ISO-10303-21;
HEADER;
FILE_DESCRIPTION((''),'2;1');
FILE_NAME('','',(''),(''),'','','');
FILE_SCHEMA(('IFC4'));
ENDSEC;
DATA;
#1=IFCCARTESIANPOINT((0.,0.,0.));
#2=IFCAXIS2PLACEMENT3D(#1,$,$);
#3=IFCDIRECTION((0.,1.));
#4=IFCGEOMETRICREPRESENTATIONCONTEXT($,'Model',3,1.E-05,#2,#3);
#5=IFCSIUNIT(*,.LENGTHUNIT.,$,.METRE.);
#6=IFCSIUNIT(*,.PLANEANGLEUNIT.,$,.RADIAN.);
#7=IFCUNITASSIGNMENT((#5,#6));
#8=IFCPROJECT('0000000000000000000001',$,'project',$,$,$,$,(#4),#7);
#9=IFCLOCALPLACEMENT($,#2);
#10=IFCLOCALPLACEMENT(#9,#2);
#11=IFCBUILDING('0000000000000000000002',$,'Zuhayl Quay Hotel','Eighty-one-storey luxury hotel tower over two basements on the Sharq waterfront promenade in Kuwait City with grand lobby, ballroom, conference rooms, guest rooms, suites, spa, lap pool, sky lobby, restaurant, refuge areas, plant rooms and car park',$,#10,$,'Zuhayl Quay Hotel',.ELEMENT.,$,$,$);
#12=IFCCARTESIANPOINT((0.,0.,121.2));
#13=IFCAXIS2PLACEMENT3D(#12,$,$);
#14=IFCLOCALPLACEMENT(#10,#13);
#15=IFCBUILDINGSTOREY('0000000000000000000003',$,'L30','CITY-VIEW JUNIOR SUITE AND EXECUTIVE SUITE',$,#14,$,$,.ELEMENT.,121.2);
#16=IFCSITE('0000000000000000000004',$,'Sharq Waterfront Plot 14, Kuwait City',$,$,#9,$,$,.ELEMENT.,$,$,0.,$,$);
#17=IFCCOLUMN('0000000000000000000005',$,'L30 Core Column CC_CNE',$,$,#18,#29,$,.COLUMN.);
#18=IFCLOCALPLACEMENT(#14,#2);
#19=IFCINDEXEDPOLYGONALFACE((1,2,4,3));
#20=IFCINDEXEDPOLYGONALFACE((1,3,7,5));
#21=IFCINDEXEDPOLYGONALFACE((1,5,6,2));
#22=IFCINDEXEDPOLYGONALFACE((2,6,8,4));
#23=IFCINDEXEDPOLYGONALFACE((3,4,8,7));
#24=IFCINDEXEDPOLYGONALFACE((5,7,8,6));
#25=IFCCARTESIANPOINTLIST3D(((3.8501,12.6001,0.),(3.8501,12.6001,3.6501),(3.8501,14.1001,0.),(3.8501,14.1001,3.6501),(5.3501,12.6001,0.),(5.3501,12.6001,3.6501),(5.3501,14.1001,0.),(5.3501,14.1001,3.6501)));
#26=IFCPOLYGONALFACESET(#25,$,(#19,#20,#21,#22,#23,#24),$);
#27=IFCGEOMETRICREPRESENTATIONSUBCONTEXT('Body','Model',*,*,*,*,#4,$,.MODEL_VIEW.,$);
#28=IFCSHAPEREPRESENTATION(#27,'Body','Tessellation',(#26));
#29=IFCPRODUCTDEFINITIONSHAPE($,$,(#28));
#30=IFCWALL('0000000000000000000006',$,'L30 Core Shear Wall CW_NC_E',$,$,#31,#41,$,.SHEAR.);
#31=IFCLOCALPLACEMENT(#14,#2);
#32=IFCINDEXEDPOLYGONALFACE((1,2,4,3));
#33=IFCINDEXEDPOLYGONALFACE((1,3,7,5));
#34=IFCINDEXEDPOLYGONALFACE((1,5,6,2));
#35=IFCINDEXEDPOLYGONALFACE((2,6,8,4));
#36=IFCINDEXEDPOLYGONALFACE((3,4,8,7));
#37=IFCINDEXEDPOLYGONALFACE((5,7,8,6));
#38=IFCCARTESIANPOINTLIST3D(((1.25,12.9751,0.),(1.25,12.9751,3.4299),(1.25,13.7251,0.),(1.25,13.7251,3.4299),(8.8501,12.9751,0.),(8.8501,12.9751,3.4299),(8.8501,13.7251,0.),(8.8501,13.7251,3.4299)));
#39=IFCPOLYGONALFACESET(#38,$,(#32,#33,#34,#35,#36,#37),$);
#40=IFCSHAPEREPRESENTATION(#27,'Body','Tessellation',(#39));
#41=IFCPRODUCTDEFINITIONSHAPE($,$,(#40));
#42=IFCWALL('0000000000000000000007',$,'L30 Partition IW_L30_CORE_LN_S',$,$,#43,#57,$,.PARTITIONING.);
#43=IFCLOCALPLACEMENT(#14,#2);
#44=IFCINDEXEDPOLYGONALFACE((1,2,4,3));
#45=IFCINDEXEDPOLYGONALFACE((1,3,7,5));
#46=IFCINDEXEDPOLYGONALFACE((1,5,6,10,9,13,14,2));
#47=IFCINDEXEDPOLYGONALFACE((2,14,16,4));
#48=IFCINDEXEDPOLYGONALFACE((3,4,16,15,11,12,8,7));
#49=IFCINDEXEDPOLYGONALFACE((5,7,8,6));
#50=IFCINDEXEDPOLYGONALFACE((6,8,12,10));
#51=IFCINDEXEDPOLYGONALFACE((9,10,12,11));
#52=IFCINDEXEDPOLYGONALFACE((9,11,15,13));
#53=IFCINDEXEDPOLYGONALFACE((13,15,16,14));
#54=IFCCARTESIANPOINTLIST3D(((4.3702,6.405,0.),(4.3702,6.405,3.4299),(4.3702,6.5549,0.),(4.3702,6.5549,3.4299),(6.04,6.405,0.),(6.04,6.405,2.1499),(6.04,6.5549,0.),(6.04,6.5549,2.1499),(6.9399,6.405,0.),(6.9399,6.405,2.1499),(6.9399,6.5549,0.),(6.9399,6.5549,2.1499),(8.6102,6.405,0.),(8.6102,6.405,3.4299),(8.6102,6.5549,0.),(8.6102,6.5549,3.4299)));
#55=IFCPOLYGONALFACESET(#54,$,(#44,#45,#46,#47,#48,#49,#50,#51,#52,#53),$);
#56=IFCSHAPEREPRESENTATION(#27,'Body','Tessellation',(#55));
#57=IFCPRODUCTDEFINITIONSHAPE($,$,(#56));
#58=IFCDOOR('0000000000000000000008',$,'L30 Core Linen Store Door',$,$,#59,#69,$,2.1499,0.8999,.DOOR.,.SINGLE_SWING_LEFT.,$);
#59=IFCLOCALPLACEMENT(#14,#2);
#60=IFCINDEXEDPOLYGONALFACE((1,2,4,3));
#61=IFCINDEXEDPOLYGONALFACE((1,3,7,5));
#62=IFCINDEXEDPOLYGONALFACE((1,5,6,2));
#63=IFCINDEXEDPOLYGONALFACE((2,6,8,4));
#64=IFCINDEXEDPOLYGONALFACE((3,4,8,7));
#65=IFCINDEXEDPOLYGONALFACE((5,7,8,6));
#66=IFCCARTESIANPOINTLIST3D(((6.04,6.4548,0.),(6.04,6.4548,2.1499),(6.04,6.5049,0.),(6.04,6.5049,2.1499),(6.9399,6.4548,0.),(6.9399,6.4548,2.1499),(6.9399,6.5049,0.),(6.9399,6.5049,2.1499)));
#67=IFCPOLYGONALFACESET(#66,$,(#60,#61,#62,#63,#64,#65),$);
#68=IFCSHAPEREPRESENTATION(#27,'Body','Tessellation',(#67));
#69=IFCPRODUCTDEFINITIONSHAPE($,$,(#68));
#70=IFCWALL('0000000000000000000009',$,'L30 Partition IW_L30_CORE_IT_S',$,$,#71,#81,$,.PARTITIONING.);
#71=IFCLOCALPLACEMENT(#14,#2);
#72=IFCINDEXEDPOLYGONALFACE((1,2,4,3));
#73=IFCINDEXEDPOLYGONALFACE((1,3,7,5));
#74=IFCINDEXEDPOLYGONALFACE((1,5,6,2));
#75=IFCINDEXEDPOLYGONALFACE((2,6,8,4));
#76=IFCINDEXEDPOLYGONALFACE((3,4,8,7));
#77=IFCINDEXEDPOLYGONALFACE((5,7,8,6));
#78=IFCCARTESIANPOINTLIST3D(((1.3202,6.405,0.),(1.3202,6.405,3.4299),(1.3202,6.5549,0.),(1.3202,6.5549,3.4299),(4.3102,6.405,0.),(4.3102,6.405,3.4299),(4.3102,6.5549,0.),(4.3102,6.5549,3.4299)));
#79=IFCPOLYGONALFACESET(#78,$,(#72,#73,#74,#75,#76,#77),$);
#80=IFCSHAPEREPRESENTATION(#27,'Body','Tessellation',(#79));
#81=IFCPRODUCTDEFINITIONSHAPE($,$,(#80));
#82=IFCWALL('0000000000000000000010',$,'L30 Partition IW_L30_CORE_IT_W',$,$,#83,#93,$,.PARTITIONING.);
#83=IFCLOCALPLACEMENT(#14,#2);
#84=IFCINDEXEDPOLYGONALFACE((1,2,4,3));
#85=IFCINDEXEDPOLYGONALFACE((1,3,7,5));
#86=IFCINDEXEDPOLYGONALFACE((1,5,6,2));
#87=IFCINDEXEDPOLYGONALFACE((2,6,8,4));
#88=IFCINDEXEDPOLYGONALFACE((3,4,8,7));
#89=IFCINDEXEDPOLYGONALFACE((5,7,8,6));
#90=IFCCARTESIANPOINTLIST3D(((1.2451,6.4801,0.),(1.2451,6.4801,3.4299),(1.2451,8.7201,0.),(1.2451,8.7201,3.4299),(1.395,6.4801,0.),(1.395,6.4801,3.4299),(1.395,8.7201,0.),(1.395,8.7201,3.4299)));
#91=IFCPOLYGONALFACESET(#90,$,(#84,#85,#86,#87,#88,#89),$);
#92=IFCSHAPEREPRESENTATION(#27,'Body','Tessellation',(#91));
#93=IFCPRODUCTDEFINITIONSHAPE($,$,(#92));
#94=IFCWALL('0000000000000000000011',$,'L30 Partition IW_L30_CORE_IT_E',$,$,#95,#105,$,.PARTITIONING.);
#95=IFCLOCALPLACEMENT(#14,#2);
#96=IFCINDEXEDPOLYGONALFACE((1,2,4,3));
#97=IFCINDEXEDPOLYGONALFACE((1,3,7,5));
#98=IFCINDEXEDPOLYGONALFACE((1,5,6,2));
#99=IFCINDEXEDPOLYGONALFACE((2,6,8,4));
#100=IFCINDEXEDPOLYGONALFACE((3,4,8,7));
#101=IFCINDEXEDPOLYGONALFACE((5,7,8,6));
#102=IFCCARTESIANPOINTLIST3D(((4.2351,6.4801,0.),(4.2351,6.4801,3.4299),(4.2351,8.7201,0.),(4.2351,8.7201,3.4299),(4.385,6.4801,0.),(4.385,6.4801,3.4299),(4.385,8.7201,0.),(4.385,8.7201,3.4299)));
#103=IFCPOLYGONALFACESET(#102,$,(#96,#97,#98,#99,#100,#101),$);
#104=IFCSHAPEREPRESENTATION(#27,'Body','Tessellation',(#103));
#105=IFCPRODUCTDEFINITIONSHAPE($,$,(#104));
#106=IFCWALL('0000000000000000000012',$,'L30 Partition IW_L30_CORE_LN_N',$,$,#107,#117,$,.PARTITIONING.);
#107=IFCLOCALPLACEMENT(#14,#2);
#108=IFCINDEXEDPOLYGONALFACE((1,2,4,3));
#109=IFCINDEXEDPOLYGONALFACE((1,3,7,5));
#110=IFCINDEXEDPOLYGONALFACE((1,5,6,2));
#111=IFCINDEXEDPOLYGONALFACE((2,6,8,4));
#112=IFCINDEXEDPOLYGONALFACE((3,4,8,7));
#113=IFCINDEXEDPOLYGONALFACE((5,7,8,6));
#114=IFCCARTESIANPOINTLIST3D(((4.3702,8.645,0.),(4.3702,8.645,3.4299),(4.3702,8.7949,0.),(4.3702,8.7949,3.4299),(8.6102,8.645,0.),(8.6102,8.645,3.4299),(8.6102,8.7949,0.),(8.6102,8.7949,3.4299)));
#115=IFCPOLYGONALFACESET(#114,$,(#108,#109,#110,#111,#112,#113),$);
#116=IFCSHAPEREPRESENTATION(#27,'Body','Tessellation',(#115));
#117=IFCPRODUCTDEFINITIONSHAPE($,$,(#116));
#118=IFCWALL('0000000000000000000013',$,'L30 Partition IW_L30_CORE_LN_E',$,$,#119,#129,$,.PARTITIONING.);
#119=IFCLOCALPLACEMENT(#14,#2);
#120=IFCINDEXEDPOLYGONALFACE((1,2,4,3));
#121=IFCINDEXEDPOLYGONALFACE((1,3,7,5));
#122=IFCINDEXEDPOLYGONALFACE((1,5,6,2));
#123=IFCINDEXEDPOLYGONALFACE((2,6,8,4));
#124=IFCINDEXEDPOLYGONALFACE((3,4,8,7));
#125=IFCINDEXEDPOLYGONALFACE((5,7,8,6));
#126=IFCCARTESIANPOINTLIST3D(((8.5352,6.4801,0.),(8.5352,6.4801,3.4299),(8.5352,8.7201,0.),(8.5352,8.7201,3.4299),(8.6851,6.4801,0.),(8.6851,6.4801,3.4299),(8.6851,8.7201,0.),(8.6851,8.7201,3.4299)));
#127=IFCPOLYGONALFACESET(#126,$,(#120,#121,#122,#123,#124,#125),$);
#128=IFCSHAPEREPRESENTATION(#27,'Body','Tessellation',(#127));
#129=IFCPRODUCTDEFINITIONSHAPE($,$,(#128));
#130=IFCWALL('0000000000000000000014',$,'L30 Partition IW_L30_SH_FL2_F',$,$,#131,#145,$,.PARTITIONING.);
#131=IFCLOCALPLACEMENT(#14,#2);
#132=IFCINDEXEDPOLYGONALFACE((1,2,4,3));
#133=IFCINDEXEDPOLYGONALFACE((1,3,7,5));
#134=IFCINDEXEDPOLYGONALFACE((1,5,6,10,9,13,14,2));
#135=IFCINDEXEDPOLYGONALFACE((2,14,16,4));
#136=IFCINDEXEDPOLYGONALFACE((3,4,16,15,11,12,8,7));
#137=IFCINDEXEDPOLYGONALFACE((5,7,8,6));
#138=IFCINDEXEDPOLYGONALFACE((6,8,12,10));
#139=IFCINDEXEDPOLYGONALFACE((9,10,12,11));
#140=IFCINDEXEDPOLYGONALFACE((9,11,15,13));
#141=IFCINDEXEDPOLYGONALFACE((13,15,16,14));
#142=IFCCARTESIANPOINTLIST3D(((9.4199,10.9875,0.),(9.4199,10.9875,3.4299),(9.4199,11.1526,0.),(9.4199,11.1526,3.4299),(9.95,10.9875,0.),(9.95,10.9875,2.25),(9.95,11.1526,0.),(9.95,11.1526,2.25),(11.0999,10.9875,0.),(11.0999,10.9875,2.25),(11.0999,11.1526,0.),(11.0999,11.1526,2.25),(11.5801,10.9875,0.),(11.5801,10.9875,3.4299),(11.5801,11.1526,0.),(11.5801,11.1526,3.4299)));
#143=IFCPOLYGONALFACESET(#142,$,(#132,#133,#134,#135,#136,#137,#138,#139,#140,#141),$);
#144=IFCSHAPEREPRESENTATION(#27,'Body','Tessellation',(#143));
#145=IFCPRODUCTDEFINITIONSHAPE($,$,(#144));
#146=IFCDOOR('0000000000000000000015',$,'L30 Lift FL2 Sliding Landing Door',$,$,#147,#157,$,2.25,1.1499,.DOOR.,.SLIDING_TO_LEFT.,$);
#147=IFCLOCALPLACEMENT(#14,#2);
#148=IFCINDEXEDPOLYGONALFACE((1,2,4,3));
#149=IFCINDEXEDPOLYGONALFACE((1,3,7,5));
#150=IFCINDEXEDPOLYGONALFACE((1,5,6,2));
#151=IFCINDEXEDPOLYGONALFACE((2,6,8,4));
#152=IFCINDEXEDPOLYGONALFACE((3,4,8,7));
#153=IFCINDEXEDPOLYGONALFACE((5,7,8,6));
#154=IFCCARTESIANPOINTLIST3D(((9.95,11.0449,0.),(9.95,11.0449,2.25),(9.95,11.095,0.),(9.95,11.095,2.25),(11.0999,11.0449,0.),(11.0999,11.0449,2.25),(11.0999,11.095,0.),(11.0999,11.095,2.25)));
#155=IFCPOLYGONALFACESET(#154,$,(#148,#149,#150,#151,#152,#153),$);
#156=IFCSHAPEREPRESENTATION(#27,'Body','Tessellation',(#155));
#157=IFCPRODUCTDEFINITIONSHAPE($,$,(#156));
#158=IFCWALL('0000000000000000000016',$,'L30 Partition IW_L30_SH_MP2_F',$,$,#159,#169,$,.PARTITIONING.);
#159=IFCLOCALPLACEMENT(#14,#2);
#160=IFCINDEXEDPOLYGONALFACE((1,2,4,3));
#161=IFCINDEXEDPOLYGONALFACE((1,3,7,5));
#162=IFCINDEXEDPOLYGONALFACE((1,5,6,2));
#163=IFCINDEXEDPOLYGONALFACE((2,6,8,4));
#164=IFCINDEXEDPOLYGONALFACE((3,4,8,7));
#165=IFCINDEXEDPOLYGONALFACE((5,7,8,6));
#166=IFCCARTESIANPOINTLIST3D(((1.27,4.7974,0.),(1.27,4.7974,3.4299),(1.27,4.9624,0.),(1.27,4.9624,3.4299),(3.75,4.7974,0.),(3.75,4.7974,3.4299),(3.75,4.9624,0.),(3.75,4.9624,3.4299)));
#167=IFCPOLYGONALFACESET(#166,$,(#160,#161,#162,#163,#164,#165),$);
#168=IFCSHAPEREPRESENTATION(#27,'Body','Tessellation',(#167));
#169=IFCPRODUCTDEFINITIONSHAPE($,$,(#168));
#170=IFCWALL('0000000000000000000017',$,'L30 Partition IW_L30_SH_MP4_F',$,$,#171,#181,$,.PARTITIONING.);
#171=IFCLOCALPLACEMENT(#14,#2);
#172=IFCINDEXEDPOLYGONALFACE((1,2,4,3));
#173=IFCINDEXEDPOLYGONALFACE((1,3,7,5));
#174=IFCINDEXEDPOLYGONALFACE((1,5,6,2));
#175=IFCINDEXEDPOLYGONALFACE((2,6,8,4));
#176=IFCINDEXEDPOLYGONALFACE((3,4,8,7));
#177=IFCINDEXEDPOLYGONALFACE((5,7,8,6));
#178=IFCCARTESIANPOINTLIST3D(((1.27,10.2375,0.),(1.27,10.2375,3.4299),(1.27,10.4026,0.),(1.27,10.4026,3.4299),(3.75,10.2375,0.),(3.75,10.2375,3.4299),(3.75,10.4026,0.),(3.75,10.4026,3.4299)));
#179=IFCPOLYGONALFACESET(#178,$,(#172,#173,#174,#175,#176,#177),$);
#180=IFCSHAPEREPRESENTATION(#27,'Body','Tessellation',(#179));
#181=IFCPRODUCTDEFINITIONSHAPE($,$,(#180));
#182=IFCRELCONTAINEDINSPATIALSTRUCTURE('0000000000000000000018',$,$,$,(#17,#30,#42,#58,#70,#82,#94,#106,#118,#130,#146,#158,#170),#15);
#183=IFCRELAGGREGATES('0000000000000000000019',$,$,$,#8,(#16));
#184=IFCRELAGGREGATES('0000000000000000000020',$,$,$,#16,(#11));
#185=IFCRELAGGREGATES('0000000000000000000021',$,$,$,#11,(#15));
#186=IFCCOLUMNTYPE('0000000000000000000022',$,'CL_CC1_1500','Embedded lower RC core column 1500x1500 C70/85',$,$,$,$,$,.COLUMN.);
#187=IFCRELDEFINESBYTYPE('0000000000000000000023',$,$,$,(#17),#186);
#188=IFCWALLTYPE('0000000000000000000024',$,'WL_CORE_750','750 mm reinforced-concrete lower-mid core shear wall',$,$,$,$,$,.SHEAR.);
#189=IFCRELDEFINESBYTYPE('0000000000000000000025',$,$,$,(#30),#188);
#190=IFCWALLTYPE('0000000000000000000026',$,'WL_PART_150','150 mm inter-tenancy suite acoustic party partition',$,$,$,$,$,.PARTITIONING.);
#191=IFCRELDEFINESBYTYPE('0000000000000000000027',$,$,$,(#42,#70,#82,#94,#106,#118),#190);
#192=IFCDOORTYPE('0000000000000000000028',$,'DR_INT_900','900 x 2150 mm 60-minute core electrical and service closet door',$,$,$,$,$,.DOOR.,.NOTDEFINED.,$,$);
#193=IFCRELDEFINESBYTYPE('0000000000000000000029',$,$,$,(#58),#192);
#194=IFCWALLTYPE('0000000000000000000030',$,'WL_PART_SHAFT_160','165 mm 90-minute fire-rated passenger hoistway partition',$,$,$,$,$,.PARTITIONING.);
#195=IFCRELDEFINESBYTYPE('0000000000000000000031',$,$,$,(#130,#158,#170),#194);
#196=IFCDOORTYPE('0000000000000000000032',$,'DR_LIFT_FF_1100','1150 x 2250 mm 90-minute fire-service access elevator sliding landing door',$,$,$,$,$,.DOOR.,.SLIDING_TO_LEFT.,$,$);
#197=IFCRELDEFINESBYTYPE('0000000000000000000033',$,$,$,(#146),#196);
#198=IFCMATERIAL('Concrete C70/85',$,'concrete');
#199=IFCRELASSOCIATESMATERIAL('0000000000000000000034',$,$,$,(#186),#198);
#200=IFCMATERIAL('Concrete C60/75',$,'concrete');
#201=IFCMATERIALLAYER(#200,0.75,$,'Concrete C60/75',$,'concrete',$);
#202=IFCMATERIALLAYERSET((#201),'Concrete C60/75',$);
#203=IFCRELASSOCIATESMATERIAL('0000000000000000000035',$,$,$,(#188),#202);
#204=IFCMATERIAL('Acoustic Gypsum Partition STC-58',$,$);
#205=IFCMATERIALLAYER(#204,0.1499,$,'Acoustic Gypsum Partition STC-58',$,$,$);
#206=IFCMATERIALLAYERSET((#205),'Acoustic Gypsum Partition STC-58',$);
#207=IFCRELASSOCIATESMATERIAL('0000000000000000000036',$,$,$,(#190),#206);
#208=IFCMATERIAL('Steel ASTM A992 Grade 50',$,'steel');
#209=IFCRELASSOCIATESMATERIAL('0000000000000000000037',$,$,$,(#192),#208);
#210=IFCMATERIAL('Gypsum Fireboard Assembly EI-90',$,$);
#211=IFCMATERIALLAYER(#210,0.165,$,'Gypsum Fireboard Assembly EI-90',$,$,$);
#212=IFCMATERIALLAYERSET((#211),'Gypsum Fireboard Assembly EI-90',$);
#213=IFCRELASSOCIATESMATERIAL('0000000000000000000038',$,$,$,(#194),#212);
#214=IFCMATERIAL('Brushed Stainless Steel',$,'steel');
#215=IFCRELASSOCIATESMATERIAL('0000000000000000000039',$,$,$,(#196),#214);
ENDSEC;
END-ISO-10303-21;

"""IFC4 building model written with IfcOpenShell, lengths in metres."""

from ifc_helpers import new_model, si_unit, direction, frame, frame_2d, origin, origin_2d, place, context, subcontext, project, spatial, rectangle, extrude, material, layer, layer_set, material_profile, profile_set, type_object, element, fill, save


model = new_model("IFC4")

# Units and contexts
model_context = context("Model", 3, precision=1e-05, world=origin(), true_north=direction((0.0, 1.0)))
body_context = subcontext(model_context, "Body", "Model", "MODEL_VIEW")
ifc_project = project(units=[si_unit("LENGTHUNIT", "METRE"), si_unit("PLANEANGLEUNIT", "RADIAN")], contexts=[model_context])

# Site, building, storey
site_placement = place(None, origin())
site = spatial("IfcSite", under=ifc_project, at=site_placement, Name="Sharq Waterfront Plot 14, Kuwait City", CompositionType="ELEMENT", RefElevation=0.0)
building_placement = place(site_placement, origin())
building = spatial("IfcBuilding", under=site, at=building_placement, Name="Zuhayl Quay Hotel", Description="Eighty-one-storey luxury hotel tower over two basements on the Sharq waterfront promenade in Kuwait City with grand lobby, ballroom, conference rooms, guest rooms, suites, spa, lap pool, sky lobby, restaurant, refuge areas, plant rooms and car park", LongName="Zuhayl Quay Hotel", CompositionType="ELEMENT")
storey_placement = place(building_placement, frame((0.0, 0.0, 121.2)))
storey = spatial("IfcBuildingStorey", under=building, at=storey_placement, Name="L30", Description="CITY-VIEW JUNIOR SUITE AND EXECUTIVE SUITE", CompositionType="ELEMENT", Elevation=121.2)

# Column
ifc_material_1 = material(Name="Concrete C70/85", Category="concrete")
ifc_material_profile = material_profile(ifc_material_1, rectangle(XDim=1.5, YDim=1.5, at=origin_2d()), Name="RC1500X1500")
ifc_profile_set = profile_set([ifc_material_profile], Name="Concrete C70/85")
column_type = type_object("IfcColumnType", Name="CL_CC1_1500", Description="Embedded lower RC core column 1500x1500 C70/85", PredefinedType="COLUMN", material=ifc_profile_set)
column_placement = place(storey_placement, frame((4.6001, 13.3501, 0.0), z_axis=(0.0, 0.0, 1.0), x_axis=(1.0, 0.0, 0.0)))
element("IfcColumn", 1, at=column_placement, inside=storey, type_object=column_type, Name="L30 Core Column CC_CNE", PredefinedType="COLUMN", context=body_context, shape_type="SweptSolid", body=[
    extrude(rectangle(XDim=1.5, YDim=1.5, at=origin_2d()), origin(), (0.0, 0.0, 1.0), 3.6501),
])

# Wall
ifc_material_2 = material(Name="Concrete C60/75", Category="concrete")
ifc_layer_1 = layer(ifc_material_2, 0.75, Name="Concrete C60/75", Category="concrete")
ifc_layer_set_1 = layer_set([ifc_layer_1], Name="Concrete C60/75")
wall_type_1 = type_object("IfcWallType", Name="WL_CORE_750", Description="750 mm reinforced-concrete lower-mid core shear wall", PredefinedType="SHEAR", material=ifc_layer_set_1)
wall_1_placement = place(storey_placement, frame((1.25, 13.3501, 0.0), z_axis=(0.0, 0.0, 1.0), x_axis=(1.0, 0.0, 0.0)))
element("IfcWall", 2, at=wall_1_placement, inside=storey, type_object=wall_type_1, Name="L30 Core Shear Wall CW_NC_E", PredefinedType="SHEAR", context=body_context, shape_type="SweptSolid", body=[
    extrude(rectangle(XDim=7.6001, YDim=0.75, at=frame_2d((3.8, 0.0))), origin(), (0.0, 0.0, 1.0), 3.4299),
])

# Wall, opening, door
ifc_material_3 = material(Name="Acoustic Gypsum Partition STC-58")
ifc_layer_2 = layer(ifc_material_3, 0.1499, Name="Acoustic Gypsum Partition STC-58")
ifc_layer_set_2 = layer_set([ifc_layer_2], Name="Acoustic Gypsum Partition STC-58")
wall_type_2 = type_object("IfcWallType", Name="WL_PART_150", Description="150 mm inter-tenancy suite acoustic party partition", PredefinedType="PARTITIONING", material=ifc_layer_set_2)
ifc_material_4 = material(Name="Steel ASTM A992 Grade 50", Category="steel")
door_type_1 = type_object("IfcDoorType", Name="DR_INT_900", Description="900 x 2150 mm 60-minute core electrical and service closet door", OperationType="NOTDEFINED", PredefinedType="DOOR", material=ifc_material_4)
wall_2_placement = place(storey_placement, frame((4.3701, 6.48, 0.0), z_axis=(0.0, 0.0, 1.0), x_axis=(1.0, 0.0, 0.0)))
wall_2 = element("IfcWall", 3, at=wall_2_placement, inside=storey, type_object=wall_type_2, Name="L30 Partition IW_L30_CORE_LN_S", PredefinedType="PARTITIONING", context=body_context, shape_type="SweptSolid", body=[
    extrude(rectangle(XDim=4.24, YDim=0.1499, at=frame_2d((2.1201, 0.0))), origin(), (0.0, 0.0, 1.0), 3.4299),
])
opening_1_placement = place(wall_2_placement, frame((1.6699, 0.0, 0.0)))
opening_1 = element("IfcOpeningElement", 4, at=opening_1_placement, cuts=wall_2, PredefinedType="OPENING", context=body_context, shape_type="SweptSolid", body=[
    extrude(rectangle(XDim=0.8999, YDim=2.1499, at=frame_2d((0.45, 1.075))), frame((0.0, 0.085, 0.0), z_axis=(0.0, -1.0, 0.0), x_axis=(1.0, 0.0, 0.0)), (0.0, 0.0, 1.0), 0.1699),
])
door_1_placement = place(opening_1_placement, origin())
door_1 = element("IfcDoor", 5, at=door_1_placement, inside=storey, type_object=door_type_1, Name="L30 Core Linen Store Door", OperationType="SINGLE_SWING_LEFT", OverallHeight=2.1499, OverallWidth=0.8999, PredefinedType="DOOR", context=body_context, shape_type="SweptSolid", body=[
    extrude(rectangle(XDim=0.8999, YDim=2.1499, at=frame_2d((0.45, 1.075))), frame((0.0, 0.0249, 0.0), z_axis=(0.0, -1.0, 0.0), x_axis=(1.0, 0.0, 0.0)), (0.0, 0.0, 1.0), 0.05),
])
fill(opening_1, door_1)

# Walls
wall_3_placement = place(storey_placement, frame((1.3201, 6.48, 0.0), z_axis=(0.0, 0.0, 1.0), x_axis=(1.0, 0.0, 0.0)))
element("IfcWall", 6, at=wall_3_placement, inside=storey, type_object=wall_type_2, Name="L30 Partition IW_L30_CORE_IT_S", PredefinedType="PARTITIONING", context=body_context, shape_type="SweptSolid", body=[
    extrude(rectangle(XDim=2.99, YDim=0.1499, at=frame_2d((1.4951, 0.0))), origin(), (0.0, 0.0, 1.0), 3.4299),
])
for number, where, z_axis, x_axis, name in (
    (7, (1.3201, 6.48, 0.0), (0.0, 0.0, 1.0), (0.0, 1.0, 0.0), "L30 Partition IW_L30_CORE_IT_W"),
    (8, (4.3101, 6.48, 0.0), (0.0, 0.0, 1.0), (0.0, 1.0, 0.0), "L30 Partition IW_L30_CORE_IT_E"),
):
    element("IfcWall", number, at=place(storey_placement, frame(where, z_axis=z_axis, x_axis=x_axis)), inside=storey, type_object=wall_type_2, Name=name, PredefinedType="PARTITIONING", context=body_context, shape_type="SweptSolid", body=[
        extrude(rectangle(XDim=2.24, YDim=0.1499, at=frame_2d((1.1201, 0.0))), origin(), (0.0, 0.0, 1.0), 3.4299),
    ])
wall_4_placement = place(storey_placement, frame((4.3701, 8.72, 0.0), z_axis=(0.0, 0.0, 1.0), x_axis=(1.0, 0.0, 0.0)))
element("IfcWall", 9, at=wall_4_placement, inside=storey, type_object=wall_type_2, Name="L30 Partition IW_L30_CORE_LN_N", PredefinedType="PARTITIONING", context=body_context, shape_type="SweptSolid", body=[
    extrude(rectangle(XDim=4.24, YDim=0.1499, at=frame_2d((2.1201, 0.0))), origin(), (0.0, 0.0, 1.0), 3.4299),
])
wall_5_placement = place(storey_placement, frame((8.6101, 6.48, 0.0), z_axis=(0.0, 0.0, 1.0), x_axis=(0.0, 1.0, 0.0)))
element("IfcWall", 10, at=wall_5_placement, inside=storey, type_object=wall_type_2, Name="L30 Partition IW_L30_CORE_LN_E", PredefinedType="PARTITIONING", context=body_context, shape_type="SweptSolid", body=[
    extrude(rectangle(XDim=2.24, YDim=0.1499, at=frame_2d((1.1201, 0.0))), origin(), (0.0, 0.0, 1.0), 3.4299),
])

# Wall, opening, door
ifc_material_5 = material(Name="Gypsum Fireboard Assembly EI-90")
ifc_layer_3 = layer(ifc_material_5, 0.165, Name="Gypsum Fireboard Assembly EI-90")
ifc_layer_set_3 = layer_set([ifc_layer_3], Name="Gypsum Fireboard Assembly EI-90")
wall_type_3 = type_object("IfcWallType", Name="WL_PART_SHAFT_160", Description="165 mm 90-minute fire-rated passenger hoistway partition", PredefinedType="PARTITIONING", material=ifc_layer_set_3)
wall_6_placement = place(storey_placement, frame((9.4199, 11.0701, 0.0), z_axis=(0.0, 0.0, 1.0), x_axis=(1.0, 0.0, 0.0)))
wall_6 = element("IfcWall", 11, at=wall_6_placement, inside=storey, type_object=wall_type_3, Name="L30 Partition IW_L30_SH_FL2_F", PredefinedType="PARTITIONING", context=body_context, shape_type="SweptSolid", body=[
    extrude(rectangle(XDim=2.1602, YDim=0.165, at=frame_2d((1.0801, 0.0))), origin(), (0.0, 0.0, 1.0), 3.4299),
])
opening_2_placement = place(wall_6_placement, frame((0.53, 0.0, 0.0)))
opening_2 = element("IfcOpeningElement", 12, at=opening_2_placement, cuts=wall_6, PredefinedType="OPENING", context=body_context, shape_type="SweptSolid", body=[
    extrude(rectangle(XDim=1.1499, YDim=2.25, at=frame_2d((0.575, 1.125))), frame((0.0, 0.0925, 0.0), z_axis=(0.0, -1.0, 0.0), x_axis=(1.0, 0.0, 0.0)), (0.0, 0.0, 1.0), 0.1851),
])
ifc_material_6 = material(Name="Brushed Stainless Steel", Category="steel")
door_type_2 = type_object("IfcDoorType", Name="DR_LIFT_FF_1100", Description="1150 x 2250 mm 90-minute fire-service access elevator sliding landing door", OperationType="SLIDING_TO_LEFT", PredefinedType="DOOR", material=ifc_material_6)
door_2_placement = place(opening_2_placement, origin())
door_2 = element("IfcDoor", 13, at=door_2_placement, inside=storey, type_object=door_type_2, Name="L30 Lift FL2 Sliding Landing Door", OperationType="SLIDING_TO_LEFT", OverallHeight=2.25, OverallWidth=1.1499, PredefinedType="DOOR", context=body_context, shape_type="SweptSolid", body=[
    extrude(rectangle(XDim=1.1499, YDim=2.25, at=frame_2d((0.575, 1.125))), frame((0.0, 0.0249, 0.0), z_axis=(0.0, -1.0, 0.0), x_axis=(1.0, 0.0, 0.0)), (0.0, 0.0, 1.0), 0.05),
])
fill(opening_2, door_2)

# Walls
for number, where, z_axis, x_axis, name in (
    (14, (1.27, 4.8799, 0.0), (0.0, 0.0, 1.0), (1.0, 0.0, 0.0), "L30 Partition IW_L30_SH_MP2_F"),
    (15, (1.27, 10.3201, 0.0), (0.0, 0.0, 1.0), (1.0, 0.0, 0.0), "L30 Partition IW_L30_SH_MP4_F"),
):
    element("IfcWall", number, at=place(storey_placement, frame(where, z_axis=z_axis, x_axis=x_axis)), inside=storey, type_object=wall_type_3, Name=name, PredefinedType="PARTITIONING", context=body_context, shape_type="SweptSolid", body=[
        extrude(rectangle(XDim=2.48, YDim=0.165, at=frame_2d((1.24, 0.0))), origin(), (0.0, 0.0, 1.0), 3.4299),
    ])

save(model, "model.ifc")
